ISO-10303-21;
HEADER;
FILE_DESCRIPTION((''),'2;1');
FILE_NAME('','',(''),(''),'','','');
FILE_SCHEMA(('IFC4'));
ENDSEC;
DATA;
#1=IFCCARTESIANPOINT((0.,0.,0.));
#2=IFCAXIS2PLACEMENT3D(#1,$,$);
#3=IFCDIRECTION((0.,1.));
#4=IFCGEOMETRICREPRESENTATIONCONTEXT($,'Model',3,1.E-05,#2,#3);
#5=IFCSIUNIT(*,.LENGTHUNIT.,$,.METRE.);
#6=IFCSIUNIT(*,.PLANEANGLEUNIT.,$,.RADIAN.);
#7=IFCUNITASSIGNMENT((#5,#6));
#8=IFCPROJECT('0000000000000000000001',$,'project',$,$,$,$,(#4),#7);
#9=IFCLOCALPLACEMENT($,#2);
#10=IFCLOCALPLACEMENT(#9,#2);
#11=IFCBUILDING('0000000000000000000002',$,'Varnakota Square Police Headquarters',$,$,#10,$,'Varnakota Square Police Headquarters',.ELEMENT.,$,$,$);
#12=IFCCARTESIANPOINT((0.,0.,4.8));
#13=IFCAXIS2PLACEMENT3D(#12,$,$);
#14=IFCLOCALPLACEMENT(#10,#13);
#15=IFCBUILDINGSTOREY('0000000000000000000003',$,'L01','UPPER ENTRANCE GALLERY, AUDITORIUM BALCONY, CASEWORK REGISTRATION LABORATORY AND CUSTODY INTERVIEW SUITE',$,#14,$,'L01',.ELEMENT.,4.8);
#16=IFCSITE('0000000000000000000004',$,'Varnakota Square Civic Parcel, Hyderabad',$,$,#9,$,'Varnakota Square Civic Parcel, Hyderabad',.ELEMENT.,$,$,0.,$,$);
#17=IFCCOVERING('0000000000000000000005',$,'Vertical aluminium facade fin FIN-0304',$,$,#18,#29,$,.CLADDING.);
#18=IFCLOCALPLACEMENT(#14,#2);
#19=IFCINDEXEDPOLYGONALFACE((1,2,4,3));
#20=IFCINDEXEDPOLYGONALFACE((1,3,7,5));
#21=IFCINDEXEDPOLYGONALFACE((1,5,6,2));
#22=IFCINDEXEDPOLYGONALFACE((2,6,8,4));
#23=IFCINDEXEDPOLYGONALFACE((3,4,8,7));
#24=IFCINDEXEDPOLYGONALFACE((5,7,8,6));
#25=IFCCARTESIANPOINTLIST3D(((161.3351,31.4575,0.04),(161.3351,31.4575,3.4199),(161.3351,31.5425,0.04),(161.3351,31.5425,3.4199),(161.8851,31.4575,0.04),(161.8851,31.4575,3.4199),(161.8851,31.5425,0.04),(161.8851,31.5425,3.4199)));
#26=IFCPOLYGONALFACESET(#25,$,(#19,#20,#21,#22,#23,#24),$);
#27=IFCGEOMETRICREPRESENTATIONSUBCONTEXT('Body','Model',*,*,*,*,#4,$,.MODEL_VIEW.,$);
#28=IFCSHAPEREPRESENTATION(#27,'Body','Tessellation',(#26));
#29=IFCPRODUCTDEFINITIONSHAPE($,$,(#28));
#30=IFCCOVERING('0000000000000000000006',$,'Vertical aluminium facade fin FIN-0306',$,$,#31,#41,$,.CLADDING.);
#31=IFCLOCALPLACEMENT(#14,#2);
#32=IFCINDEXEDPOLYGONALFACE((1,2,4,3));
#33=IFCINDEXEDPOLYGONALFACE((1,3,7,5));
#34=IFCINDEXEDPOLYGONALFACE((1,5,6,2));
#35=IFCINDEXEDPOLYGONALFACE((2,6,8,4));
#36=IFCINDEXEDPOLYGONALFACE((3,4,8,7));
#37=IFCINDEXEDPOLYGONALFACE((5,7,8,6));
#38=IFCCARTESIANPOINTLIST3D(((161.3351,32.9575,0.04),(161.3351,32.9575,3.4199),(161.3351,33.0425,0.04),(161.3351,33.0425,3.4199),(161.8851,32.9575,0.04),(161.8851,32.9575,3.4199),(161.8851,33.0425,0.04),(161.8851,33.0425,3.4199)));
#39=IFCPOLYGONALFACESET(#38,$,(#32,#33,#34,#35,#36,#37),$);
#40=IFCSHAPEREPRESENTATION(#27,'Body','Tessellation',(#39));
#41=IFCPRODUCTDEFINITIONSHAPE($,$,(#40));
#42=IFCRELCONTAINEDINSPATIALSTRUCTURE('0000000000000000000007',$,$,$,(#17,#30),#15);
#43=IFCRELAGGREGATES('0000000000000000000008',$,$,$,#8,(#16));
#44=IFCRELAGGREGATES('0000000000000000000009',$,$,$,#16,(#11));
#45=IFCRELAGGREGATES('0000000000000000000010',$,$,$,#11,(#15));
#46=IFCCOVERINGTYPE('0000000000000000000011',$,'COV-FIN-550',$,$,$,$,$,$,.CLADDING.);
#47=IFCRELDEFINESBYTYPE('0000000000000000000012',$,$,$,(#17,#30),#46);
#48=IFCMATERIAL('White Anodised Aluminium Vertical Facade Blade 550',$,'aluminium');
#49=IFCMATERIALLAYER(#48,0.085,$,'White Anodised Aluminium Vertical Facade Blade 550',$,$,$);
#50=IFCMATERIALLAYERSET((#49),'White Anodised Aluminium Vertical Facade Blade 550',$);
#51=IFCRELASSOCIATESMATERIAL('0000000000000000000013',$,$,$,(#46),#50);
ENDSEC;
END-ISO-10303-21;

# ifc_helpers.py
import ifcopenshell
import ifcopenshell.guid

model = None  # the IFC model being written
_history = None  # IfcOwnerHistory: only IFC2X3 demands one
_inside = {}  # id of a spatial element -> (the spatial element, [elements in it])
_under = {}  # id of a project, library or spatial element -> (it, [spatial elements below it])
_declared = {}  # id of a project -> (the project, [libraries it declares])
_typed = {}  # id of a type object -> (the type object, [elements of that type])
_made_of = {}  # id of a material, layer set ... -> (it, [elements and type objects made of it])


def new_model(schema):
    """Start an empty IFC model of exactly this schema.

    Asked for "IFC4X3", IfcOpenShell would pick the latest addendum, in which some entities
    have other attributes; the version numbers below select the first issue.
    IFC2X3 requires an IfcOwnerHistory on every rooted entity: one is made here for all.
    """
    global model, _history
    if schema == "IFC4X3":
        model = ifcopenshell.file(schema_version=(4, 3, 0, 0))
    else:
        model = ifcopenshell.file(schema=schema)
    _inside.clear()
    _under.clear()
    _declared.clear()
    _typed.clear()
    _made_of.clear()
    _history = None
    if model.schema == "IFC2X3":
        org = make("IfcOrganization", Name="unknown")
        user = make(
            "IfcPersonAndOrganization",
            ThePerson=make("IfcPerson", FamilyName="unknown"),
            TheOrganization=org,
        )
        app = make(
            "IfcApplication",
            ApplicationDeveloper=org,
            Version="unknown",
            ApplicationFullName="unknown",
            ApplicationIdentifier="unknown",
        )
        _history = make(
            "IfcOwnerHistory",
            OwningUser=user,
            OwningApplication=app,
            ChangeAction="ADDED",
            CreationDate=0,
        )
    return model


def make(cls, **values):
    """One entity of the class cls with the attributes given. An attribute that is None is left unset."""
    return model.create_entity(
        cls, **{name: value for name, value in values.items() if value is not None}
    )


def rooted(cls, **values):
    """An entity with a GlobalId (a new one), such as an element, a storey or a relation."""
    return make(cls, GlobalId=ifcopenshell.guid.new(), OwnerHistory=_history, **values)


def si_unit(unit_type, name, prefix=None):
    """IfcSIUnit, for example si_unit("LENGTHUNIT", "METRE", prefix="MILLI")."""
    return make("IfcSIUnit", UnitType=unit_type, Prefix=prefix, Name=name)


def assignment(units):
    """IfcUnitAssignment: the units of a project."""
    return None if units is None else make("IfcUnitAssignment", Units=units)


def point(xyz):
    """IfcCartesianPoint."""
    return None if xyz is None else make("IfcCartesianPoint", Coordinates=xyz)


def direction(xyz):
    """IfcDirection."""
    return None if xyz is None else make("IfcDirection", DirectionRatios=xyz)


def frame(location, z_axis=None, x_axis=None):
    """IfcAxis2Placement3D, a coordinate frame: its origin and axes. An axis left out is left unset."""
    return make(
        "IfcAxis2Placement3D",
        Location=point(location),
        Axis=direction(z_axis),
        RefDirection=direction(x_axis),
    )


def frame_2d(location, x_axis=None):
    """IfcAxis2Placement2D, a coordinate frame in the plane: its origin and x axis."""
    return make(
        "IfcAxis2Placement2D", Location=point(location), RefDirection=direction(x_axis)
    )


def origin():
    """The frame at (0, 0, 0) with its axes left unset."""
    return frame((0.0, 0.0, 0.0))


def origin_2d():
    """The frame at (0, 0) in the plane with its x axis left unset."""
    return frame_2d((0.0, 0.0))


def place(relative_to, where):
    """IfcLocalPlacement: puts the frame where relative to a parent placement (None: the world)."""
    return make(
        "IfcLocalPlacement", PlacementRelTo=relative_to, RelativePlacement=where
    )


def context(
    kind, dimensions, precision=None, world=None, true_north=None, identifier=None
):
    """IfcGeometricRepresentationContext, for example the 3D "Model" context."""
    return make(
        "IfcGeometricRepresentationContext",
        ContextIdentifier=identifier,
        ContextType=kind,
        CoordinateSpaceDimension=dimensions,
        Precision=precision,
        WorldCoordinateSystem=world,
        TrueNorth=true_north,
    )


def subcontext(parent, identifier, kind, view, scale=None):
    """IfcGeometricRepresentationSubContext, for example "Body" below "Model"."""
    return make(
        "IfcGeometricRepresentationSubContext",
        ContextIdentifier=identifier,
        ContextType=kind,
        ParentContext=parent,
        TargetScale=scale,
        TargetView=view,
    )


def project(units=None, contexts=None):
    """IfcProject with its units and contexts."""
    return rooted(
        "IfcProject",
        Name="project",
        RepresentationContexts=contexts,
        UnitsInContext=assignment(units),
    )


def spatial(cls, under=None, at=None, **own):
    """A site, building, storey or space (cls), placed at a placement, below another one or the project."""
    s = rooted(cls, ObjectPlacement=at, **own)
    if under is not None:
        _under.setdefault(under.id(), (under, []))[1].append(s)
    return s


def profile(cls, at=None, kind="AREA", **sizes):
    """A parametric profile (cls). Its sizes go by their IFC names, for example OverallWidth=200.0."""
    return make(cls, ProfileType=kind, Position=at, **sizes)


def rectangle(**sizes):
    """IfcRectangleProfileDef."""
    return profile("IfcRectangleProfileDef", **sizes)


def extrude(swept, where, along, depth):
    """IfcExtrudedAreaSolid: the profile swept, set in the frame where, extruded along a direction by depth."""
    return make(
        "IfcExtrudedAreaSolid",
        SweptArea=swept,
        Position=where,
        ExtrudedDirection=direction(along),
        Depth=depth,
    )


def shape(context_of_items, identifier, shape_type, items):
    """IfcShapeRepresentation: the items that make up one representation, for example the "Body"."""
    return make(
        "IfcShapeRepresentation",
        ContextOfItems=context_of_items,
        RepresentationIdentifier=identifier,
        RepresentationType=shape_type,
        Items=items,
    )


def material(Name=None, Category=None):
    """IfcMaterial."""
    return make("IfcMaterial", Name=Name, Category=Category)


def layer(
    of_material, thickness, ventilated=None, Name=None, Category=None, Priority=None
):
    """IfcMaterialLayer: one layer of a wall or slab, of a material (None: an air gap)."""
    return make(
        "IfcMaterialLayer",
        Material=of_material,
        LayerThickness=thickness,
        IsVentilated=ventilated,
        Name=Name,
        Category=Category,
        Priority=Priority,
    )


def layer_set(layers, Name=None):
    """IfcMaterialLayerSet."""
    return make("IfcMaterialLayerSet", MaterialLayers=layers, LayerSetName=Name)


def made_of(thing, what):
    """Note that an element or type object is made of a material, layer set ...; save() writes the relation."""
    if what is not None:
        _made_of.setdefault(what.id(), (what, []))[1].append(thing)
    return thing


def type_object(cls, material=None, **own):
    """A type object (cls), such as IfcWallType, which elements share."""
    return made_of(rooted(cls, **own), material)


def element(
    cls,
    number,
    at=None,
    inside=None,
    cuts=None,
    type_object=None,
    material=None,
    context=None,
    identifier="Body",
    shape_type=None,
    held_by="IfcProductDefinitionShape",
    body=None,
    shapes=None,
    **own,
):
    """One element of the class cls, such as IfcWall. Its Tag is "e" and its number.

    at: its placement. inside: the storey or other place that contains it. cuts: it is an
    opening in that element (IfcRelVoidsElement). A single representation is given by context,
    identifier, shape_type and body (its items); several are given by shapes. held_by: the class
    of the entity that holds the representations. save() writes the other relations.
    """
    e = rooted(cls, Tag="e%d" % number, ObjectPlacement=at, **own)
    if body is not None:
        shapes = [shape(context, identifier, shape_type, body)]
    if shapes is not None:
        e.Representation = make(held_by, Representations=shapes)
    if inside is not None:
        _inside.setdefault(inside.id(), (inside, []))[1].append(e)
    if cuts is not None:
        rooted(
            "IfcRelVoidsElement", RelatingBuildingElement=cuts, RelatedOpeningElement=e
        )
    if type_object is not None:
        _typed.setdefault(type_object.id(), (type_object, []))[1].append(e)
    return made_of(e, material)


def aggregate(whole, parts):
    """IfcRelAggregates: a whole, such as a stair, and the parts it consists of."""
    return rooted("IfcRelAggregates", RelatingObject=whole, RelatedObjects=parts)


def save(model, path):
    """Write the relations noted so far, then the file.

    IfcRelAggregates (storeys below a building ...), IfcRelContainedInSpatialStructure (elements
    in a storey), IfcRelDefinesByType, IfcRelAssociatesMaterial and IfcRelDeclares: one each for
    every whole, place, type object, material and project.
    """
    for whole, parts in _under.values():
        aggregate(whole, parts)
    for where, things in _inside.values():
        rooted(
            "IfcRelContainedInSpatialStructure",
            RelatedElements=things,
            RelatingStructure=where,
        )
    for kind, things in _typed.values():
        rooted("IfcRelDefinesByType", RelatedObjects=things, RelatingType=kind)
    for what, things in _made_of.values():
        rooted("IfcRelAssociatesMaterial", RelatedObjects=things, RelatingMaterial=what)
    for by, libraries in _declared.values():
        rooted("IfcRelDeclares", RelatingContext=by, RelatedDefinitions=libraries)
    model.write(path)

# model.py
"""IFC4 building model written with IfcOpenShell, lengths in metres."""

from ifc_helpers import new_model, si_unit, direction, frame, origin, origin_2d, place, context, subcontext, project, spatial, rectangle, extrude, material, layer, layer_set, type_object, element, save


model = new_model("IFC4")

# Units and contexts
model_context = context("Model", 3, precision=1e-05, world=origin(), true_north=direction((0.0, 1.0)))
body_context = subcontext(model_context, "Body", "Model", "MODEL_VIEW")
ifc_project = project(units=[si_unit("LENGTHUNIT", "METRE"), si_unit("PLANEANGLEUNIT", "RADIAN")], contexts=[model_context])

# Site, building, storey
site_placement = place(None, origin())
site = spatial("IfcSite", under=ifc_project, at=site_placement, Name="Varnakota Square Civic Parcel, Hyderabad", LongName="Varnakota Square Civic Parcel, Hyderabad", CompositionType="ELEMENT", RefElevation=0.0)
building_placement = place(site_placement, origin())
building = spatial("IfcBuilding", under=site, at=building_placement, Name="Varnakota Square Police Headquarters", LongName="Varnakota Square Police Headquarters", CompositionType="ELEMENT")
storey_placement = place(building_placement, frame((0.0, 0.0, 4.8)))
storey = spatial("IfcBuildingStorey", under=building, at=storey_placement, Name="L01", Description="UPPER ENTRANCE GALLERY, AUDITORIUM BALCONY, CASEWORK REGISTRATION LABORATORY AND CUSTODY INTERVIEW SUITE", LongName="L01", CompositionType="ELEMENT", Elevation=4.8)

# Coverings
ifc_material_1 = material(Name="White Anodised Aluminium Vertical Facade Blade 550", Category="aluminium")
ifc_layer_1 = layer(ifc_material_1, 0.085, Name="White Anodised Aluminium Vertical Facade Blade 550")
ifc_layer_set_1 = layer_set([ifc_layer_1], Name="White Anodised Aluminium Vertical Facade Blade 550")
covering_type_1 = type_object("IfcCoveringType", Name="COV-FIN-550", PredefinedType="CLADDING", material=ifc_layer_set_1)
for number, where, z_axis, x_axis, name in (
    (1, (161.6101, 31.5, 0.04), (0.0, 0.0, 1.0), (0.0, 1.0, 0.0), "Vertical aluminium facade fin FIN-0304"),
    (2, (161.6101, 33.0, 0.04), (0.0, 0.0, 1.0), (0.0, 1.0, 0.0), "Vertical aluminium facade fin FIN-0306"),
):
    element("IfcCovering", number, at=place(storey_placement, frame(where, z_axis=z_axis, x_axis=x_axis)), inside=storey, type_object=covering_type_1, Name=name, PredefinedType="CLADDING", context=body_context, shape_type="SweptSolid", body=[
        extrude(rectangle(XDim=0.085, YDim=0.55, at=origin_2d()), origin(), (0.0, 0.0, 1.0), 3.3799),
    ])

save(model, "model.ifc")
